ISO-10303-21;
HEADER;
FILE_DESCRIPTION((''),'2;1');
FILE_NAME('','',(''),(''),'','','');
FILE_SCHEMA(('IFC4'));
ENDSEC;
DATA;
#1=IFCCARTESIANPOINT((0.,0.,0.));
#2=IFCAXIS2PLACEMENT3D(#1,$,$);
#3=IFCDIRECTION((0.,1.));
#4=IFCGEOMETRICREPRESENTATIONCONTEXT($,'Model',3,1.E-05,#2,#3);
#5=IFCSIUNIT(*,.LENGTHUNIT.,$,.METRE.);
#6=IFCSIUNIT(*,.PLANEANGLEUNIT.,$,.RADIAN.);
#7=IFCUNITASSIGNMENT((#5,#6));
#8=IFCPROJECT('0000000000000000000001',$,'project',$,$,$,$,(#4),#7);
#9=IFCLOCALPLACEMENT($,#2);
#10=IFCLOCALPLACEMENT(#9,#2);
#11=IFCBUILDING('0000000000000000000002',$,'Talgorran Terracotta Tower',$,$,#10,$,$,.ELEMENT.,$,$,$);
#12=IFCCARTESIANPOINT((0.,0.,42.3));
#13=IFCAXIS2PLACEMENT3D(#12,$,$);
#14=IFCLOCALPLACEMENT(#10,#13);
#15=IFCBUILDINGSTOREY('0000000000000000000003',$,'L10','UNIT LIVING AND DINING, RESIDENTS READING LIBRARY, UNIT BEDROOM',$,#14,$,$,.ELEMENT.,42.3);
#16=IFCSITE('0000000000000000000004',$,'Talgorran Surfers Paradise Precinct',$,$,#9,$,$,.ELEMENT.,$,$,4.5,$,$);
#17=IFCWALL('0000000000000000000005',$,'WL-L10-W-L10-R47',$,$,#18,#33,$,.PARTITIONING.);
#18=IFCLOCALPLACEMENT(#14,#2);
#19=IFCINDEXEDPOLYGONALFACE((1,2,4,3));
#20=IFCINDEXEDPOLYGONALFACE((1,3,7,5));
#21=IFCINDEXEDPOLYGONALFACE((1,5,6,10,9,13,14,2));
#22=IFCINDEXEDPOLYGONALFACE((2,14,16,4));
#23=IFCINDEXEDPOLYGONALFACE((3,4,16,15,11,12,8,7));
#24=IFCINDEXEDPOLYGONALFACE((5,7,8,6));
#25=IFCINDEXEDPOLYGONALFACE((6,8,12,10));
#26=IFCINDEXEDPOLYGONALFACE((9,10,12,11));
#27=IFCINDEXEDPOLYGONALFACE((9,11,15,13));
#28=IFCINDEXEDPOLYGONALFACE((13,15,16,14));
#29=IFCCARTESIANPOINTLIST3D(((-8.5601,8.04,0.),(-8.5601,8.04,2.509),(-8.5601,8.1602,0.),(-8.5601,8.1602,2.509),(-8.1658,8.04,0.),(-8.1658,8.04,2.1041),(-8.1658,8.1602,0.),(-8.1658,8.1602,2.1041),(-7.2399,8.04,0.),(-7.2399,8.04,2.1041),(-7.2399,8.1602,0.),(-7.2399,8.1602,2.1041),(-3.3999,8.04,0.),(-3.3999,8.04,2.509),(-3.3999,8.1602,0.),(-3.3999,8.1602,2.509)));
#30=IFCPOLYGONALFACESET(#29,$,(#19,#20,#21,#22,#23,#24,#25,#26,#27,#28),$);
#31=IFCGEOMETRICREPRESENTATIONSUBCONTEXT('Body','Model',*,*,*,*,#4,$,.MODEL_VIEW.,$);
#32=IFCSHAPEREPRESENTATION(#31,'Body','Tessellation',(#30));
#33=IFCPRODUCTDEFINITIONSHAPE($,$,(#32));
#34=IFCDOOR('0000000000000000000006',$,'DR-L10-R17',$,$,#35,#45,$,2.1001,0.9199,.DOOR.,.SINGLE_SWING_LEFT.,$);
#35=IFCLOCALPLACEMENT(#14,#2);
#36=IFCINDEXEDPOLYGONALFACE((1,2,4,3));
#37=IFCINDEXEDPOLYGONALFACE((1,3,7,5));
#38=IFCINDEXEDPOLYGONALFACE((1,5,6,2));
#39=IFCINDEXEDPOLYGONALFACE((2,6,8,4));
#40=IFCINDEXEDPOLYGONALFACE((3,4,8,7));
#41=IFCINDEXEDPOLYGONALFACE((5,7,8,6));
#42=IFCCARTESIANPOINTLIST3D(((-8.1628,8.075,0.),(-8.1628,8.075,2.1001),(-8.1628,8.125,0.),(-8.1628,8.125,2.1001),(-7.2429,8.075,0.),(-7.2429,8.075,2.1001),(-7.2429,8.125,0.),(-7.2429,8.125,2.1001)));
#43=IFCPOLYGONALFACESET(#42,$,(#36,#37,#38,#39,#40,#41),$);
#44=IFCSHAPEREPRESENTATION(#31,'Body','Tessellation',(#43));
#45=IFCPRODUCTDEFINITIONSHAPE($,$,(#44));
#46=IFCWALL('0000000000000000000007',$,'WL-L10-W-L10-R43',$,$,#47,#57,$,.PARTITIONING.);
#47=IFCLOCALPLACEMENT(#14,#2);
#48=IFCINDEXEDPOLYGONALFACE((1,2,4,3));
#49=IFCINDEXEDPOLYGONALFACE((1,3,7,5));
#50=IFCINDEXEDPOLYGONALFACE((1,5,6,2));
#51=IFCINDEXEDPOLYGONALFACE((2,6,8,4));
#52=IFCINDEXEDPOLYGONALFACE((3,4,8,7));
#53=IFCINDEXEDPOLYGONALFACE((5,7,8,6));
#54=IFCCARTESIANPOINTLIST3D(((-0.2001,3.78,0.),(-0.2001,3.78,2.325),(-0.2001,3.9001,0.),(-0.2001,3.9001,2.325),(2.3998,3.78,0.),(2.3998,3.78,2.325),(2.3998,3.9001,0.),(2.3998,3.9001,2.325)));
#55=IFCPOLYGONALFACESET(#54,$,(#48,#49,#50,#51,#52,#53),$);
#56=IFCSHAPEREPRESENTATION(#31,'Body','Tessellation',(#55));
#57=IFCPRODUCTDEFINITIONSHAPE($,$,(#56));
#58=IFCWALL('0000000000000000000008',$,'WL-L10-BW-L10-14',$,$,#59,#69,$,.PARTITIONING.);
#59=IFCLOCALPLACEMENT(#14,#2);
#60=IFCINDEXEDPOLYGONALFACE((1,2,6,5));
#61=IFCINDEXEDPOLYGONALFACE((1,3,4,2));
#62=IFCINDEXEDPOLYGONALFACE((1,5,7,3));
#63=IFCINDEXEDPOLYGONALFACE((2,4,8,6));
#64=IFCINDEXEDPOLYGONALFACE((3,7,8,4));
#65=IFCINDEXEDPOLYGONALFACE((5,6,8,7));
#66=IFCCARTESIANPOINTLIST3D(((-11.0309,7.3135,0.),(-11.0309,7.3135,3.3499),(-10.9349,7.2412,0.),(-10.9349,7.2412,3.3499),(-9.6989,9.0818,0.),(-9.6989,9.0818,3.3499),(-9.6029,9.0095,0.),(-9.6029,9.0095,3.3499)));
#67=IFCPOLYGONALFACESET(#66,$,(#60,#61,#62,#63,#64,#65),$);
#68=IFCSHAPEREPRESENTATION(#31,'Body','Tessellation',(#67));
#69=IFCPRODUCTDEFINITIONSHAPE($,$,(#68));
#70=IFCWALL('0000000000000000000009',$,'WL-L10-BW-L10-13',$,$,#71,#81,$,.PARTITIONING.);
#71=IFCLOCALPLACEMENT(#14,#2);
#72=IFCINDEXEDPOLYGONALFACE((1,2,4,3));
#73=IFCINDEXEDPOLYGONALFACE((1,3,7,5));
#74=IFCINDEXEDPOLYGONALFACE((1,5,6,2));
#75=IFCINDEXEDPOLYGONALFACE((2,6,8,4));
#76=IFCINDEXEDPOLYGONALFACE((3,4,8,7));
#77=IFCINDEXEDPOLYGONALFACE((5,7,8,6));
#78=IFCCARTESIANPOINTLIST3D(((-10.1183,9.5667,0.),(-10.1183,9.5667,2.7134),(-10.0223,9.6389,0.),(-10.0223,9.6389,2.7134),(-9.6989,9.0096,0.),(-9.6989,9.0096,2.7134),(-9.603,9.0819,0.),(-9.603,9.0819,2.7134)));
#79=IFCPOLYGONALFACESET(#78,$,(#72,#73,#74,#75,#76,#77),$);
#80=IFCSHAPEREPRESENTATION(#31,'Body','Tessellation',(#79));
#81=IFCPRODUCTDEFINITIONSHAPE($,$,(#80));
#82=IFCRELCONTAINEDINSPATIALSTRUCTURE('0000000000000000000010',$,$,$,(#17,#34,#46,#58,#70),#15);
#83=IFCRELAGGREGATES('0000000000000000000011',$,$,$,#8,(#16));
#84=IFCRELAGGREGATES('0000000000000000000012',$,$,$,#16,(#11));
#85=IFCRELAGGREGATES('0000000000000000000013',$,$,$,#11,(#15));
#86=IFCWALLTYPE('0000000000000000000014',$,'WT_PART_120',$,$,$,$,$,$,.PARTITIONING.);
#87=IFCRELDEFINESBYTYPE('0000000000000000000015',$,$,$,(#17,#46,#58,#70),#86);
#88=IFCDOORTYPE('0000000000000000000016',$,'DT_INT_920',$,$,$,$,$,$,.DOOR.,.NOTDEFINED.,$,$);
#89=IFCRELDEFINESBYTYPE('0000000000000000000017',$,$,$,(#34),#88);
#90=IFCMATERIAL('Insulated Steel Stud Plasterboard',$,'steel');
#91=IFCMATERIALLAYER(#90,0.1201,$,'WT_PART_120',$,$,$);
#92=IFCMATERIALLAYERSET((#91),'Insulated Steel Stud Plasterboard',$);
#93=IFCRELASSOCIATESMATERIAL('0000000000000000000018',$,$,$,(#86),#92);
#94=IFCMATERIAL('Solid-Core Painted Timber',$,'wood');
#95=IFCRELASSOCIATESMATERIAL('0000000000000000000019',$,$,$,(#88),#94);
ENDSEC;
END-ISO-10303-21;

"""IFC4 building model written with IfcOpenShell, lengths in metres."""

from ifc_helpers import new_model, si_unit, direction, frame, frame_2d, origin, place, context, subcontext, project, spatial, rectangle, extrude, material, layer, layer_set, type_object, element, fill, save


model = new_model("IFC4")

# Units and contexts
model_context = context("Model", 3, precision=1e-05, world=origin(), true_north=direction((0.0, 1.0)))
body_context = subcontext(model_context, "Body", "Model", "MODEL_VIEW")
ifc_project = project(units=[si_unit("LENGTHUNIT", "METRE"), si_unit("PLANEANGLEUNIT", "RADIAN")], contexts=[model_context])

# Site, building, storey
site_placement = place(None, origin())
site = spatial("IfcSite", under=ifc_project, at=site_placement, Name="Talgorran Surfers Paradise Precinct", CompositionType="ELEMENT", RefElevation=4.5)
building_placement = place(site_placement, origin())
building = spatial("IfcBuilding", under=site, at=building_placement, Name="Talgorran Terracotta Tower", CompositionType="ELEMENT")
storey_placement = place(building_placement, frame((0.0, 0.0, 42.3)))
storey = spatial("IfcBuildingStorey", under=building, at=storey_placement, Name="L10", Description="UNIT LIVING AND DINING, RESIDENTS READING LIBRARY, UNIT BEDROOM", CompositionType="ELEMENT", Elevation=42.3)

# Wall, opening, door
ifc_material_1 = material(Name="Insulated Steel Stud Plasterboard", Category="steel")
ifc_layer_1 = layer(ifc_material_1, 0.1201, Name="WT_PART_120")
ifc_layer_set_1 = layer_set([ifc_layer_1], Name="Insulated Steel Stud Plasterboard")
wall_type_1 = type_object("IfcWallType", Name="WT_PART_120", PredefinedType="PARTITIONING", material=ifc_layer_set_1)
ifc_material_2 = material(Name="Solid-Core Painted Timber", Category="wood")
door_type_1 = type_object("IfcDoorType", Name="DT_INT_920", OperationType="NOTDEFINED", PredefinedType="DOOR", material=ifc_material_2)
wall_1_placement = place(storey_placement, frame((-8.5601, 8.1001, 0.0), z_axis=(0.0, 0.0, 1.0), x_axis=(1.0, 0.0, 0.0)))
wall_1 = element("IfcWall", 1, at=wall_1_placement, inside=storey, type_object=wall_type_1, Name="WL-L10-W-L10-R47", PredefinedType="PARTITIONING", context=body_context, shape_type="SweptSolid", body=[
    extrude(rectangle(XDim=5.1602, YDim=0.1201, at=frame_2d((2.5801, 0.0))), origin(), (0.0, 0.0, 1.0), 2.509),
])
opening_1_placement = place(wall_1_placement, frame((0.3972, 0.0, 0.0)))
opening_1 = element("IfcOpeningElement", 2, at=opening_1_placement, cuts=wall_1, PredefinedType="OPENING", context=body_context, shape_type="SweptSolid", body=[
    extrude(rectangle(XDim=0.9259, YDim=2.1041, at=frame_2d((0.46, 1.052))), frame((0.0, 0.0701, 0.0), z_axis=(0.0, -1.0, 0.0), x_axis=(1.0, 0.0, 0.0)), (0.0, 0.0, 1.0), 0.1401),
])
door_1_placement = place(opening_1_placement, origin())
door_1 = element("IfcDoor", 3, at=door_1_placement, inside=storey, type_object=door_type_1, Name="DR-L10-R17", OperationType="SINGLE_SWING_LEFT", OverallHeight=2.1001, OverallWidth=0.9199, PredefinedType="DOOR", context=body_context, shape_type="SweptSolid", body=[
    extrude(rectangle(XDim=0.9199, YDim=2.1001, at=frame_2d((0.46, 1.05))), frame((0.0, 0.0249, 0.0), z_axis=(0.0, -1.0, 0.0), x_axis=(1.0, 0.0, 0.0)), (0.0, 0.0, 1.0), 0.05),
])
fill(opening_1, door_1)

# Walls
wall_2_placement = place(storey_placement, frame((-0.2, 3.8401, 0.0), z_axis=(0.0, 0.0, 1.0), x_axis=(1.0, 0.0, 0.0)))
element("IfcWall", 4, at=wall_2_placement, inside=storey, type_object=wall_type_1, Name="WL-L10-W-L10-R43", PredefinedType="PARTITIONING", context=body_context, shape_type="SweptSolid", body=[
    extrude(rectangle(XDim=2.5999, YDim=0.1201, at=frame_2d((1.2998, 0.0))), origin(), (0.0, 0.0, 1.0), 2.325),
])
wall_3_placement = place(storey_placement, frame((-9.6509, 9.0457, 0.0), z_axis=(0.0, 0.0, 1.0), x_axis=(-0.601675, -0.798741, 0.0)))
element("IfcWall", 5, at=wall_3_placement, inside=storey, type_object=wall_type_1, Name="WL-L10-BW-L10-14", PredefinedType="PARTITIONING", context=body_context, shape_type="SweptSolid", body=[
    extrude(rectangle(XDim=2.2139, YDim=0.1201, at=frame_2d((1.1069, 0.0))), origin(), (0.0, 0.0, 1.0), 3.3499),
])
wall_4_placement = place(storey_placement, frame((-10.0703, 9.6028, 0.0), z_axis=(0.0, 0.0, 1.0), x_axis=(0.601455, -0.798906, 0.0)))
element("IfcWall", 6, at=wall_4_placement, inside=storey, type_object=wall_type_1, Name="WL-L10-BW-L10-13", PredefinedType="PARTITIONING", context=body_context, shape_type="SweptSolid", body=[
    extrude(rectangle(XDim=0.6973, YDim=0.1201, at=frame_2d((0.3486, 0.0))), origin(), (0.0, 0.0, 1.0), 2.7134),
])

save(model, "model.ifc")
